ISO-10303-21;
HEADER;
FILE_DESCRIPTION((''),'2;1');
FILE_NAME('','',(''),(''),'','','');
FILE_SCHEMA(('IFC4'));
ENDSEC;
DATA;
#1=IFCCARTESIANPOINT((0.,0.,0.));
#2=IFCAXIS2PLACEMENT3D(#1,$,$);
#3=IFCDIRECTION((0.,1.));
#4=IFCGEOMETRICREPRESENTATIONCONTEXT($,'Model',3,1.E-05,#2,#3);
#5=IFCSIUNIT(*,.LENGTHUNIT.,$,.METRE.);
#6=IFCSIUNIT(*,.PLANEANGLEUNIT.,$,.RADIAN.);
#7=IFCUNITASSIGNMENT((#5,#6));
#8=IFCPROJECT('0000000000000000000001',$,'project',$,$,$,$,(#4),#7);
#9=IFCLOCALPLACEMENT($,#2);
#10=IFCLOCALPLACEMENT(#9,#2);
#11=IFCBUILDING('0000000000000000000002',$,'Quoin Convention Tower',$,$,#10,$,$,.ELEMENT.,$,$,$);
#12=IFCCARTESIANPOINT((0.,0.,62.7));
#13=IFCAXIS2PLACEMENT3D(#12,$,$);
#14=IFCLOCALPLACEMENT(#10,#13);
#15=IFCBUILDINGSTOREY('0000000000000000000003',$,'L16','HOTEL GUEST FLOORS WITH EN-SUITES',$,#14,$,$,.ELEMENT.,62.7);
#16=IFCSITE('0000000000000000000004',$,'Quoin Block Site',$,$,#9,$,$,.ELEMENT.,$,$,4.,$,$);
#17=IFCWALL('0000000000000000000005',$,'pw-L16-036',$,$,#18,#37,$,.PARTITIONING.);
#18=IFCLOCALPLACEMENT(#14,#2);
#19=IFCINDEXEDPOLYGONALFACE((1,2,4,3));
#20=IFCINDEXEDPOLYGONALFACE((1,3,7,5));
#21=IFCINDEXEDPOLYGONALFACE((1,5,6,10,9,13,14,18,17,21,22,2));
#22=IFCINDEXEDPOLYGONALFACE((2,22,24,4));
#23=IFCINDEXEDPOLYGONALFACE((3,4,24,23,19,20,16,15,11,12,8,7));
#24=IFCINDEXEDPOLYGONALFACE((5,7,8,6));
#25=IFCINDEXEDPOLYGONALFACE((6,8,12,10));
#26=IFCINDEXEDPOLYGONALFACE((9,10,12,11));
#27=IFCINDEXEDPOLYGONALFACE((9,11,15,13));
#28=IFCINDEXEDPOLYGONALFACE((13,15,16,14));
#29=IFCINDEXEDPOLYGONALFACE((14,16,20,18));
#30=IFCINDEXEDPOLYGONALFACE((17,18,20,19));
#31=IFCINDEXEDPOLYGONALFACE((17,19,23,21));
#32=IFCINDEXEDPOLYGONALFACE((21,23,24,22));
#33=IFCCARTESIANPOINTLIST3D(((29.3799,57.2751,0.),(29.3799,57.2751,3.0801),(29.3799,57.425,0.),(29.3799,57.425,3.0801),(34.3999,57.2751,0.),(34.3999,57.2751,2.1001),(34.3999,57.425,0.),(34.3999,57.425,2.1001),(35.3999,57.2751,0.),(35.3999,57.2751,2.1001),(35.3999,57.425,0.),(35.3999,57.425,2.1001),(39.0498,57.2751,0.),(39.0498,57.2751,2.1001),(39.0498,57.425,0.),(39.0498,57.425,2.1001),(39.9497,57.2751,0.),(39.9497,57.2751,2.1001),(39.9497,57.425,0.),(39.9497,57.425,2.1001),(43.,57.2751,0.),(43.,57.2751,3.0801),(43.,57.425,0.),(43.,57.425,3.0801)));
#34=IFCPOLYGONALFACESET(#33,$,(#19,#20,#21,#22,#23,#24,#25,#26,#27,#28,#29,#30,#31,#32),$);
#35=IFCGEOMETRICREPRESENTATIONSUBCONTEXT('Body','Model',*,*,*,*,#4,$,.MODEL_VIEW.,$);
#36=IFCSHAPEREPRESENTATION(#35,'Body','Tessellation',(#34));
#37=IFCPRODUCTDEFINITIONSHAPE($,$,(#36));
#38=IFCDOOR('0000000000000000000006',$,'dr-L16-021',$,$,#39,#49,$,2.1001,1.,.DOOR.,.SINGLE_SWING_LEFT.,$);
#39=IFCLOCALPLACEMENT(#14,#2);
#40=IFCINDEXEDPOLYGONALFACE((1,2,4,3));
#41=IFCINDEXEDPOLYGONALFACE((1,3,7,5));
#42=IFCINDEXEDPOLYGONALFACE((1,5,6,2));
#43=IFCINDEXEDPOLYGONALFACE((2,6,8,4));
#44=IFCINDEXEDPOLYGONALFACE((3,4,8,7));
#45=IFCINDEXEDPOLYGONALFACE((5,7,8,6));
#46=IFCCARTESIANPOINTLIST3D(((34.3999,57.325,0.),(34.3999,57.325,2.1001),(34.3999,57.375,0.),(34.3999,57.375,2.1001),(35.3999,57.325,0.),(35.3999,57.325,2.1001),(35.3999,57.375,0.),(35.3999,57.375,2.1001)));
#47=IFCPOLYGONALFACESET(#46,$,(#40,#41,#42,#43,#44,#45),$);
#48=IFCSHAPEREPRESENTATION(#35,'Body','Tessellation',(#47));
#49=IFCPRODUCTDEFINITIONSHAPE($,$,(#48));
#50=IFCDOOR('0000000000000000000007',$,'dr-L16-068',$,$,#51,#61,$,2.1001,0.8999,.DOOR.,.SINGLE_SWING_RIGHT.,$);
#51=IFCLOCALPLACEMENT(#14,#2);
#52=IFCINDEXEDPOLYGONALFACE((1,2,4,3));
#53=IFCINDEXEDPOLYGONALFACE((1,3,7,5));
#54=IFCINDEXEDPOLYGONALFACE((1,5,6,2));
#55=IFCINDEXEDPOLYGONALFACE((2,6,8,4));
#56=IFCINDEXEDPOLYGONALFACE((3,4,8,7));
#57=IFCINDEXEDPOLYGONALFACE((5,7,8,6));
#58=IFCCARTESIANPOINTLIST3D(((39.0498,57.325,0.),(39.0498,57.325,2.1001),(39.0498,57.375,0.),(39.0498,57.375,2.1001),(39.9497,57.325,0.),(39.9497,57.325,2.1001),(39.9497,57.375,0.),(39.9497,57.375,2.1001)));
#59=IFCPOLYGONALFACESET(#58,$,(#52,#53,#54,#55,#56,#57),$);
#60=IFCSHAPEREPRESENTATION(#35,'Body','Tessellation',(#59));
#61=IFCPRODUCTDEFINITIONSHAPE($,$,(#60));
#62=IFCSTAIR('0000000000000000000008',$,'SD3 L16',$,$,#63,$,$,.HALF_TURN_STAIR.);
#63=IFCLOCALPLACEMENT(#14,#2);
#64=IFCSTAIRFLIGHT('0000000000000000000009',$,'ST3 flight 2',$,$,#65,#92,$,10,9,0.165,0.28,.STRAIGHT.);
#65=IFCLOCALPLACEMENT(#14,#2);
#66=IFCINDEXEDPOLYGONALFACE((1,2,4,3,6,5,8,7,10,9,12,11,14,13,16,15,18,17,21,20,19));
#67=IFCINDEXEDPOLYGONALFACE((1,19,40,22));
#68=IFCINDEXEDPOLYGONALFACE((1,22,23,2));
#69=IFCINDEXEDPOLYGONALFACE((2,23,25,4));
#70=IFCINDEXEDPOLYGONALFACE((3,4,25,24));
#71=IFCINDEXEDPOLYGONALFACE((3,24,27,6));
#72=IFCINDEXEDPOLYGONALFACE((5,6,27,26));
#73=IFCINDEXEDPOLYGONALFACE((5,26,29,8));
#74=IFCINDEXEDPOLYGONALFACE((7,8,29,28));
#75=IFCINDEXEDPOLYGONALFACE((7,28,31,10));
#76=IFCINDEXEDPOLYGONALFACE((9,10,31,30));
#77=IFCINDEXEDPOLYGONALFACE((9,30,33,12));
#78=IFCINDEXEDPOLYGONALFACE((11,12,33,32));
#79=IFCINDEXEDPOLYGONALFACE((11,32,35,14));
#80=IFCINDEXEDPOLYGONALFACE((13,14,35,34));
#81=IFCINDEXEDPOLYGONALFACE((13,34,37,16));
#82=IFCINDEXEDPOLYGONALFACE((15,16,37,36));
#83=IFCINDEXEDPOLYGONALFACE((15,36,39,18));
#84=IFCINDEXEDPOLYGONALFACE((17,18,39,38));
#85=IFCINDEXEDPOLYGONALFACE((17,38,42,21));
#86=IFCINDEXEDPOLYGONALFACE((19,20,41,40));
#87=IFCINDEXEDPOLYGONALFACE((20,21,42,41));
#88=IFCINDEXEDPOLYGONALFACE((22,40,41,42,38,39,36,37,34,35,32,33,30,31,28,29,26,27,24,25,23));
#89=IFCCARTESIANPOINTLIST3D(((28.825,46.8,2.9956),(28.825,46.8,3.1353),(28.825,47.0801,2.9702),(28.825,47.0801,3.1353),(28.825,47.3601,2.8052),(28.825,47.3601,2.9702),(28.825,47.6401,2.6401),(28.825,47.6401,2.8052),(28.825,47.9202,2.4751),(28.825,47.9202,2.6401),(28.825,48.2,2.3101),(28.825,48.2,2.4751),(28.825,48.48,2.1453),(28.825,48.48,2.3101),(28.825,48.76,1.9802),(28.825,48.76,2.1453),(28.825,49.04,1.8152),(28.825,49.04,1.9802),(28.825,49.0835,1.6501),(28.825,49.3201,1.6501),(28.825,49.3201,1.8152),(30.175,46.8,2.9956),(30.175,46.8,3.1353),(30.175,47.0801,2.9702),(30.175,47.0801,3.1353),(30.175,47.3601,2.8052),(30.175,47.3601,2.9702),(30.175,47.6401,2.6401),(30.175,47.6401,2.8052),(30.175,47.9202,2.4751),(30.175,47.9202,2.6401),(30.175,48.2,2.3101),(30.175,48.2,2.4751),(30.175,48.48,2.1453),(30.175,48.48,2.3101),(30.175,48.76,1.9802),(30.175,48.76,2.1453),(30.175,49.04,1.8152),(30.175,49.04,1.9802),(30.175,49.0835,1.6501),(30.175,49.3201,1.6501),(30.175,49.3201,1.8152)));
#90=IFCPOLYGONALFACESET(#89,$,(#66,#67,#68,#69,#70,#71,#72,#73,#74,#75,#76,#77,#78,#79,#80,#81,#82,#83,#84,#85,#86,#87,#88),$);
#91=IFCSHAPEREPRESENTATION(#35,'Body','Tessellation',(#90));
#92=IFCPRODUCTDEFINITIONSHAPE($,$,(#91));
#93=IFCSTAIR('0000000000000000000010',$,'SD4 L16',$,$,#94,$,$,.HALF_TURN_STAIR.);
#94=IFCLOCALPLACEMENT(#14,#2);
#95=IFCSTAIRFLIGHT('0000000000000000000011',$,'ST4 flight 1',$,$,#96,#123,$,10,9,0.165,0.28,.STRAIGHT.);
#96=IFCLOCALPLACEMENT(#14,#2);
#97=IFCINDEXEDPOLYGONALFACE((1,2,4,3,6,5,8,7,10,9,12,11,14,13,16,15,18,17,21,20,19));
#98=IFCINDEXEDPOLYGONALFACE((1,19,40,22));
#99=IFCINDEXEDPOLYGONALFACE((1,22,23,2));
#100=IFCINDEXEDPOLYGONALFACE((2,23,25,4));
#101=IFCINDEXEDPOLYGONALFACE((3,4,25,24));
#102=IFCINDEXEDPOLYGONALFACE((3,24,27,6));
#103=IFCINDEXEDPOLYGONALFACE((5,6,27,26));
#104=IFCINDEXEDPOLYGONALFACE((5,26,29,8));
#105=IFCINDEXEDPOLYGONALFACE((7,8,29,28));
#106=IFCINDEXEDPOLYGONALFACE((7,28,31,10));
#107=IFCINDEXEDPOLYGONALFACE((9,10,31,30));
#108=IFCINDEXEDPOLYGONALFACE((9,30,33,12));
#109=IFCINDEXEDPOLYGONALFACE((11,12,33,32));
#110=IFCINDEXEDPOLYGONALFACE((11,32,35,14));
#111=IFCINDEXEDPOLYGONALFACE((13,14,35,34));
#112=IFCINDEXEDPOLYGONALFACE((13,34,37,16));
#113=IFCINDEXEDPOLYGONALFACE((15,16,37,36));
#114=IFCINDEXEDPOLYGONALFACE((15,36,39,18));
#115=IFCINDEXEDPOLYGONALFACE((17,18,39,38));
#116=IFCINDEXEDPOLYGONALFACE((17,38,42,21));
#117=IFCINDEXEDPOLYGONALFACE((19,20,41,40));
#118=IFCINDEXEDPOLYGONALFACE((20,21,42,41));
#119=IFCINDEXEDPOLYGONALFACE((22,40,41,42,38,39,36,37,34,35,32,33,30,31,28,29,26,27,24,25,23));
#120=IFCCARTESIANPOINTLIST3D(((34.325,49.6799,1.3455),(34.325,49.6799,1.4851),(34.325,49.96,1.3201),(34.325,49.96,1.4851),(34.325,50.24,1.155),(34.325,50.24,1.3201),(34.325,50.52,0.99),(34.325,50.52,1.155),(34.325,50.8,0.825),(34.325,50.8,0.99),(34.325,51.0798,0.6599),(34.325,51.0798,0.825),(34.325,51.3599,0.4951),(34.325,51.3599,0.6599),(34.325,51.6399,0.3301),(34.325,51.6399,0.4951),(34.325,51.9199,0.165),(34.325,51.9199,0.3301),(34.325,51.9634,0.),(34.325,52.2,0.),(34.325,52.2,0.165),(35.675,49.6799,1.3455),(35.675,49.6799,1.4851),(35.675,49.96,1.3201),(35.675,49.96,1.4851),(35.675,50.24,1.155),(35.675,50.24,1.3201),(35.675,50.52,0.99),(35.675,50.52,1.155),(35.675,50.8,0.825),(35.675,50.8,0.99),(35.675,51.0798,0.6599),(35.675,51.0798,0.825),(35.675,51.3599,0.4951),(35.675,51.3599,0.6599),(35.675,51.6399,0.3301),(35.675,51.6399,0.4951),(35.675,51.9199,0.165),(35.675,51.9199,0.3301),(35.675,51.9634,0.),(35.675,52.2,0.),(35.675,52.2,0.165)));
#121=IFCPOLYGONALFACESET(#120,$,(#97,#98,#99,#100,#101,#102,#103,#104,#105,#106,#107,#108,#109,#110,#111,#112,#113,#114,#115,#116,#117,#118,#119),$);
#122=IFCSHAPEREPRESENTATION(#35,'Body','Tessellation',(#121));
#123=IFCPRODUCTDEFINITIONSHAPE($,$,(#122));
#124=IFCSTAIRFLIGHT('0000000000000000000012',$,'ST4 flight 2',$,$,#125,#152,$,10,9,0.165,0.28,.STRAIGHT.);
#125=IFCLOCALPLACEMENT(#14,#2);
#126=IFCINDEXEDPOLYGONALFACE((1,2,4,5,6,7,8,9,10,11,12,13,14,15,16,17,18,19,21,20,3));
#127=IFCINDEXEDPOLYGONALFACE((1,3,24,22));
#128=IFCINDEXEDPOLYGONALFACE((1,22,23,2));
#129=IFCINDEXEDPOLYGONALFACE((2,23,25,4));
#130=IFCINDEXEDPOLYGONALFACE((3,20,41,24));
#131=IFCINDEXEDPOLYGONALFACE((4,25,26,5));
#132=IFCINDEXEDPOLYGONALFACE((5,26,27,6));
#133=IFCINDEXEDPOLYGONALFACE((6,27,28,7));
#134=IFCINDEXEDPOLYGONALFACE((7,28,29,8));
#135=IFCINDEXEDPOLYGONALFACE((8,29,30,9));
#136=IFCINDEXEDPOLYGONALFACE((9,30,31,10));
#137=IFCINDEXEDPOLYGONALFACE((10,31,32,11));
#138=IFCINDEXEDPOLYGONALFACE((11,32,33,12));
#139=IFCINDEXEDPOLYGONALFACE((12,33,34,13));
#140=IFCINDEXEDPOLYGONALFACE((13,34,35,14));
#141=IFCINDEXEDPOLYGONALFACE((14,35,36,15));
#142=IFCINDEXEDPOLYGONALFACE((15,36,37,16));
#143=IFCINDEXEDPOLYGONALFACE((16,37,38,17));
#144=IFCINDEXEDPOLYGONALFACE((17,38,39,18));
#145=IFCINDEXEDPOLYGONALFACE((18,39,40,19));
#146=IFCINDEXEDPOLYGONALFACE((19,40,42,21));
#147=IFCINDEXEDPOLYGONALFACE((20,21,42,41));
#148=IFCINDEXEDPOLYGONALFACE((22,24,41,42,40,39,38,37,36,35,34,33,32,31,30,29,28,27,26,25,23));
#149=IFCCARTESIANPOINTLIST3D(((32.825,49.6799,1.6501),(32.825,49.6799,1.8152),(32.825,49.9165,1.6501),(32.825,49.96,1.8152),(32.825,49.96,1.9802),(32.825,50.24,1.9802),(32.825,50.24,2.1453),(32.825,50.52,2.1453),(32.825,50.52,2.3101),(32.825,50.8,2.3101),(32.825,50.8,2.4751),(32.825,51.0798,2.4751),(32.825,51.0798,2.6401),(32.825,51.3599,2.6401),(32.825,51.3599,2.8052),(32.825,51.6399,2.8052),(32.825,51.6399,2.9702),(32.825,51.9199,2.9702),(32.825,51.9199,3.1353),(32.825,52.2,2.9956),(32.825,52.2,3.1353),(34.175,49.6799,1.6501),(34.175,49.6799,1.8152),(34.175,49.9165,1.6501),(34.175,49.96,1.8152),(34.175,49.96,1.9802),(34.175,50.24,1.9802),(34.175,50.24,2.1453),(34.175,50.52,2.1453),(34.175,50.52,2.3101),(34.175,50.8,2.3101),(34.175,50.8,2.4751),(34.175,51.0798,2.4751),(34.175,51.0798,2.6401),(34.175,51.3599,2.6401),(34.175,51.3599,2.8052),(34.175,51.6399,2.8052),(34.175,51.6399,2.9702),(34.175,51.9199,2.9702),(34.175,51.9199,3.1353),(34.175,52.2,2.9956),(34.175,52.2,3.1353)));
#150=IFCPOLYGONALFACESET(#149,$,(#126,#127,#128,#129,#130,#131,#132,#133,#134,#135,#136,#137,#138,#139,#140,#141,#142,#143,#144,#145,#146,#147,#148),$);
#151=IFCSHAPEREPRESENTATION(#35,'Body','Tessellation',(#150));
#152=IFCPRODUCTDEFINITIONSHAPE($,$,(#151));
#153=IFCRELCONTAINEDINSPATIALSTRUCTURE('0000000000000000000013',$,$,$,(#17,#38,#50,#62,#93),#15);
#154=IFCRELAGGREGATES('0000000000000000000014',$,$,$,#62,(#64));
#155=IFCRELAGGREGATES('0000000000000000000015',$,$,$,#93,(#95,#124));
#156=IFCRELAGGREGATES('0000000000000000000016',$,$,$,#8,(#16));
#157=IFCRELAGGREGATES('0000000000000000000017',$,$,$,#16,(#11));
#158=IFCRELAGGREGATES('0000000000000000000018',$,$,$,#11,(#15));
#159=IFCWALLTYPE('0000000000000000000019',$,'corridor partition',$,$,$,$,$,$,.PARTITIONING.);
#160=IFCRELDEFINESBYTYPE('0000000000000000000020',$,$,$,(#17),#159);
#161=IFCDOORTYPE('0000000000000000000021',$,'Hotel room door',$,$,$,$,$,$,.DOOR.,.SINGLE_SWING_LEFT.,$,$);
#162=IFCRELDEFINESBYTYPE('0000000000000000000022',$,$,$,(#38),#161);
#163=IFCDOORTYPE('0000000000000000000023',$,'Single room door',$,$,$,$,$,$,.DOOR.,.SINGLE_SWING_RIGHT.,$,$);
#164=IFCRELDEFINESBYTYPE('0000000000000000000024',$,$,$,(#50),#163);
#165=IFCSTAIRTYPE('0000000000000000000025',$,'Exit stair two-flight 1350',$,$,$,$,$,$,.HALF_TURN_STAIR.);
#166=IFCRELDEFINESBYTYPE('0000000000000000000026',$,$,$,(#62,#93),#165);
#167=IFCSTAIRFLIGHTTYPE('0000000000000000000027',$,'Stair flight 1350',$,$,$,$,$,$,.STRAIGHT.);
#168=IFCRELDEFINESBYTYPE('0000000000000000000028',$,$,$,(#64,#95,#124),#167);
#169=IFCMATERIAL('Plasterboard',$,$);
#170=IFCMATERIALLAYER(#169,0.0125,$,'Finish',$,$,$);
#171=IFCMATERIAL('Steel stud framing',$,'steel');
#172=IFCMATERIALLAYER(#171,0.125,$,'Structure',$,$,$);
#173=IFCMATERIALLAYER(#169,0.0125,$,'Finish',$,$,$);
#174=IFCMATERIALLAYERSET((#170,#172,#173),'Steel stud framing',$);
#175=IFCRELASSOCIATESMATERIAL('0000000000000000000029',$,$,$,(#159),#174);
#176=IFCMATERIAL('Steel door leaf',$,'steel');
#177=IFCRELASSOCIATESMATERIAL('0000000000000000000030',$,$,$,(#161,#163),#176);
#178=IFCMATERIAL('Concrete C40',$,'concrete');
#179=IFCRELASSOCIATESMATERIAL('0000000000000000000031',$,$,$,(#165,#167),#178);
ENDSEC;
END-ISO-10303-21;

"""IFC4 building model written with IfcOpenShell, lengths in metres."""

from ifc_helpers import new_model, si_unit, direction, frame, frame_2d, origin, place, context, subcontext, project, spatial, polyline, rectangle, outline, extrude, material, layer, layer_set, type_object, element, fill, aggregate, save


model = new_model("IFC4")

# Units and contexts
model_context = context("Model", 3, precision=1e-05, world=origin(), true_north=direction((0.0, 1.0)))
body_context = subcontext(model_context, "Body", "Model", "MODEL_VIEW")
ifc_project = project(units=[si_unit("LENGTHUNIT", "METRE"), si_unit("PLANEANGLEUNIT", "RADIAN")], contexts=[model_context])

# Site, building, storey
site_placement = place(None, origin())
site = spatial("IfcSite", under=ifc_project, at=site_placement, Name="Quoin Block Site", CompositionType="ELEMENT", RefElevation=4.0)
building_placement = place(site_placement, origin())
building = spatial("IfcBuilding", under=site, at=building_placement, Name="Quoin Convention Tower", CompositionType="ELEMENT")
storey_placement = place(building_placement, frame((0.0, 0.0, 62.7)))
storey = spatial("IfcBuildingStorey", under=building, at=storey_placement, Name="L16", Description="HOTEL GUEST FLOORS WITH EN-SUITES", CompositionType="ELEMENT", Elevation=62.7)

# Shared definitions
ifc_material_1 = material(Name="Steel door leaf", Category="steel")

# Wall, openings, doors
ifc_material_2 = material(Name="Plasterboard")
ifc_layer_1 = layer(ifc_material_2, 0.0125, Name="Finish")
ifc_material_3 = material(Name="Steel stud framing", Category="steel")
ifc_layer_2 = layer(ifc_material_3, 0.125, Name="Structure")
ifc_layer_3 = layer(ifc_material_2, 0.0125, Name="Finish")
ifc_layer_set_1 = layer_set([ifc_layer_1, ifc_layer_2, ifc_layer_3], Name="Steel stud framing")
wall_type_1 = type_object("IfcWallType", Name="corridor partition", PredefinedType="PARTITIONING", material=ifc_layer_set_1)
wall_1_placement = place(storey_placement, frame((29.3799, 57.3501, 0.0), z_axis=(0.0, 0.0, 1.0), x_axis=(1.0, 0.0, 0.0)))
wall_1 = element("IfcWall", 1, at=wall_1_placement, inside=storey, type_object=wall_type_1, Name="pw-L16-036", PredefinedType="PARTITIONING", context=body_context, shape_type="SweptSolid", body=[
    extrude(rectangle(XDim=13.6201, YDim=0.1499, at=frame_2d((6.8101, 0.0))), origin(), (0.0, 0.0, 1.0), 3.0801),
])
opening_1_placement = place(wall_1_placement, frame((5.02, 0.0, 0.0)))
opening_1 = element("IfcOpeningElement", 2, at=opening_1_placement, cuts=wall_1, PredefinedType="OPENING", context=body_context, shape_type="SweptSolid", body=[
    extrude(rectangle(XDim=1.0, YDim=2.1001, at=frame_2d((0.5, 1.05))), frame((0.0, 0.085, 0.0), z_axis=(0.0, -1.0, 0.0), x_axis=(1.0, 0.0, 0.0)), (0.0, 0.0, 1.0), 0.1699),
])
opening_2_placement = place(wall_1_placement, frame((9.6699, 0.0, 0.0)))
opening_2 = element("IfcOpeningElement", 3, at=opening_2_placement, cuts=wall_1, PredefinedType="OPENING", context=body_context, shape_type="SweptSolid", body=[
    extrude(rectangle(XDim=0.8999, YDim=2.1001, at=frame_2d((0.45, 1.05))), frame((0.0, 0.085, 0.0), z_axis=(0.0, -1.0, 0.0), x_axis=(1.0, 0.0, 0.0)), (0.0, 0.0, 1.0), 0.1699),
])
door_type_1 = type_object("IfcDoorType", Name="Hotel room door", OperationType="SINGLE_SWING_LEFT", PredefinedType="DOOR", material=ifc_material_1)
door_1_placement = place(opening_1_placement, origin())
door_1 = element("IfcDoor", 4, at=door_1_placement, inside=storey, type_object=door_type_1, Name="dr-L16-021", OperationType="SINGLE_SWING_LEFT", OverallHeight=2.1001, OverallWidth=1.0, PredefinedType="DOOR", context=body_context, shape_type="SweptSolid", body=[
    extrude(rectangle(XDim=1.0, YDim=2.1001, at=frame_2d((0.5, 1.05))), frame((0.0, 0.0249, 0.0), z_axis=(0.0, -1.0, 0.0), x_axis=(1.0, 0.0, 0.0)), (0.0, 0.0, 1.0), 0.05),
])
fill(opening_1, door_1)
door_type_2 = type_object("IfcDoorType", Name="Single room door", OperationType="SINGLE_SWING_RIGHT", PredefinedType="DOOR", material=ifc_material_1)
door_2_placement = place(opening_2_placement, origin())
door_2 = element("IfcDoor", 5, at=door_2_placement, inside=storey, type_object=door_type_2, Name="dr-L16-068", OperationType="SINGLE_SWING_RIGHT", OverallHeight=2.1001, OverallWidth=0.8999, PredefinedType="DOOR", context=body_context, shape_type="SweptSolid", body=[
    extrude(rectangle(XDim=0.8999, YDim=2.1001, at=frame_2d((0.45, 1.05))), frame((0.0, 0.0249, 0.0), z_axis=(0.0, -1.0, 0.0), x_axis=(1.0, 0.0, 0.0)), (0.0, 0.0, 1.0), 0.05),
])
fill(opening_2, door_2)

# Stair, stair flight
ifc_material_4 = material(Name="Concrete C40", Category="concrete")
stair_type = type_object("IfcStairType", Name="Exit stair two-flight 1350", PredefinedType="HALF_TURN_STAIR", material=ifc_material_4)
stair_1_placement = place(storey_placement, origin())
stair_1 = element("IfcStair", 6, at=stair_1_placement, inside=storey, type_object=stair_type, Name="SD3 L16", PredefinedType="HALF_TURN_STAIR")
stair_flight_type = type_object("IfcStairFlightType", Name="Stair flight 1350", PredefinedType="STRAIGHT", material=ifc_material_4)
stair_flight_1_placement = place(storey_placement, frame((29.5, 49.3201, 1.6501), z_axis=(0.0, 0.0, 1.0), x_axis=(0.0, -1.0, 0.0)))
stair_flight_1 = element("IfcStairFlight", 7, at=stair_flight_1_placement, type_object=stair_flight_type, Name="ST3 flight 2", NumberOfRisers=10, NumberOfTreads=9, PredefinedType="STRAIGHT", RiserHeight=0.165, TreadLength=0.28, context=body_context, shape_type="SweptSolid", body=[
    extrude(outline(polyline([(0.0, 0.0), (0.0, 0.165), (0.28, 0.165), (0.28, 0.3301), (0.5601, 0.3301), (0.5601, 0.4951), (0.8401, 0.4951), (0.8401, 0.6599), (1.1201, 0.6599), (1.1201, 0.825), (1.3999, 0.825), (1.3999, 0.99), (1.6799, 0.99), (1.6799, 1.155), (1.96, 1.155), (1.96, 1.3201), (2.24, 1.3201), (2.24, 1.4851), (2.52, 1.4851), (2.52, 1.6499), (2.52, 1.3455), (0.2366, 0.0), (0.0, 0.0)])), frame((0.0, 0.675, 0.0), z_axis=(0.0, -1.0, 0.0), x_axis=(1.0, 0.0, 0.0)), (0.0, 0.0, 1.0), 1.3501),
])
aggregate(stair_1, [stair_flight_1])

# Stair, stair flights
stair_2_placement = place(storey_placement, origin())
stair_2 = element("IfcStair", 8, at=stair_2_placement, inside=storey, type_object=stair_type, Name="SD4 L16", PredefinedType="HALF_TURN_STAIR")
stair_flight_2_placement = place(storey_placement, frame((35.0, 52.2, 0.0), z_axis=(0.0, 0.0, 1.0), x_axis=(0.0, -1.0, 0.0)))
stair_flight_2 = element("IfcStairFlight", 9, at=stair_flight_2_placement, type_object=stair_flight_type, Name="ST4 flight 1", NumberOfRisers=10, NumberOfTreads=9, PredefinedType="STRAIGHT", RiserHeight=0.165, TreadLength=0.28, context=body_context, shape_type="SweptSolid", body=[
    extrude(outline(polyline([(0.0, 0.0), (0.0, 0.165), (0.28, 0.165), (0.28, 0.3301), (0.5601, 0.3301), (0.5601, 0.4951), (0.8401, 0.4951), (0.8401, 0.6599), (1.1201, 0.6599), (1.1201, 0.825), (1.3999, 0.825), (1.3999, 0.99), (1.6799, 0.99), (1.6799, 1.155), (1.96, 1.155), (1.96, 1.3201), (2.24, 1.3201), (2.24, 1.4851), (2.52, 1.4851), (2.52, 1.6499), (2.52, 1.3455), (0.2366, 0.0), (0.0, 0.0)])), frame((0.0, 0.675, 0.0), z_axis=(0.0, -1.0, 0.0), x_axis=(1.0, 0.0, 0.0)), (0.0, 0.0, 1.0), 1.3501),
])
stair_flight_3_placement = place(storey_placement, frame((33.5, 49.6799, 1.6501), z_axis=(0.0, 0.0, 1.0), x_axis=(0.0, 1.0, 0.0)))
stair_flight_3 = element("IfcStairFlight", 10, at=stair_flight_3_placement, type_object=stair_flight_type, Name="ST4 flight 2", NumberOfRisers=10, NumberOfTreads=9, PredefinedType="STRAIGHT", RiserHeight=0.165, TreadLength=0.28, context=body_context, shape_type="SweptSolid", body=[
    extrude(outline(polyline([(0.0, 0.0), (0.0, 0.165), (0.28, 0.165), (0.28, 0.3301), (0.5601, 0.3301), (0.5601, 0.4951), (0.8401, 0.4951), (0.8401, 0.6599), (1.1201, 0.6599), (1.1201, 0.825), (1.3999, 0.825), (1.3999, 0.99), (1.6799, 0.99), (1.6799, 1.155), (1.96, 1.155), (1.96, 1.3201), (2.24, 1.3201), (2.24, 1.4851), (2.52, 1.4851), (2.52, 1.6499), (2.52, 1.3455), (0.2366, 0.0), (0.0, 0.0)])), frame((0.0, 0.675, 0.0), z_axis=(0.0, -1.0, 0.0), x_axis=(1.0, 0.0, 0.0)), (0.0, 0.0, 1.0), 1.3501),
])
aggregate(stair_2, [stair_flight_2, stair_flight_3])

save(model, "model.ifc")
